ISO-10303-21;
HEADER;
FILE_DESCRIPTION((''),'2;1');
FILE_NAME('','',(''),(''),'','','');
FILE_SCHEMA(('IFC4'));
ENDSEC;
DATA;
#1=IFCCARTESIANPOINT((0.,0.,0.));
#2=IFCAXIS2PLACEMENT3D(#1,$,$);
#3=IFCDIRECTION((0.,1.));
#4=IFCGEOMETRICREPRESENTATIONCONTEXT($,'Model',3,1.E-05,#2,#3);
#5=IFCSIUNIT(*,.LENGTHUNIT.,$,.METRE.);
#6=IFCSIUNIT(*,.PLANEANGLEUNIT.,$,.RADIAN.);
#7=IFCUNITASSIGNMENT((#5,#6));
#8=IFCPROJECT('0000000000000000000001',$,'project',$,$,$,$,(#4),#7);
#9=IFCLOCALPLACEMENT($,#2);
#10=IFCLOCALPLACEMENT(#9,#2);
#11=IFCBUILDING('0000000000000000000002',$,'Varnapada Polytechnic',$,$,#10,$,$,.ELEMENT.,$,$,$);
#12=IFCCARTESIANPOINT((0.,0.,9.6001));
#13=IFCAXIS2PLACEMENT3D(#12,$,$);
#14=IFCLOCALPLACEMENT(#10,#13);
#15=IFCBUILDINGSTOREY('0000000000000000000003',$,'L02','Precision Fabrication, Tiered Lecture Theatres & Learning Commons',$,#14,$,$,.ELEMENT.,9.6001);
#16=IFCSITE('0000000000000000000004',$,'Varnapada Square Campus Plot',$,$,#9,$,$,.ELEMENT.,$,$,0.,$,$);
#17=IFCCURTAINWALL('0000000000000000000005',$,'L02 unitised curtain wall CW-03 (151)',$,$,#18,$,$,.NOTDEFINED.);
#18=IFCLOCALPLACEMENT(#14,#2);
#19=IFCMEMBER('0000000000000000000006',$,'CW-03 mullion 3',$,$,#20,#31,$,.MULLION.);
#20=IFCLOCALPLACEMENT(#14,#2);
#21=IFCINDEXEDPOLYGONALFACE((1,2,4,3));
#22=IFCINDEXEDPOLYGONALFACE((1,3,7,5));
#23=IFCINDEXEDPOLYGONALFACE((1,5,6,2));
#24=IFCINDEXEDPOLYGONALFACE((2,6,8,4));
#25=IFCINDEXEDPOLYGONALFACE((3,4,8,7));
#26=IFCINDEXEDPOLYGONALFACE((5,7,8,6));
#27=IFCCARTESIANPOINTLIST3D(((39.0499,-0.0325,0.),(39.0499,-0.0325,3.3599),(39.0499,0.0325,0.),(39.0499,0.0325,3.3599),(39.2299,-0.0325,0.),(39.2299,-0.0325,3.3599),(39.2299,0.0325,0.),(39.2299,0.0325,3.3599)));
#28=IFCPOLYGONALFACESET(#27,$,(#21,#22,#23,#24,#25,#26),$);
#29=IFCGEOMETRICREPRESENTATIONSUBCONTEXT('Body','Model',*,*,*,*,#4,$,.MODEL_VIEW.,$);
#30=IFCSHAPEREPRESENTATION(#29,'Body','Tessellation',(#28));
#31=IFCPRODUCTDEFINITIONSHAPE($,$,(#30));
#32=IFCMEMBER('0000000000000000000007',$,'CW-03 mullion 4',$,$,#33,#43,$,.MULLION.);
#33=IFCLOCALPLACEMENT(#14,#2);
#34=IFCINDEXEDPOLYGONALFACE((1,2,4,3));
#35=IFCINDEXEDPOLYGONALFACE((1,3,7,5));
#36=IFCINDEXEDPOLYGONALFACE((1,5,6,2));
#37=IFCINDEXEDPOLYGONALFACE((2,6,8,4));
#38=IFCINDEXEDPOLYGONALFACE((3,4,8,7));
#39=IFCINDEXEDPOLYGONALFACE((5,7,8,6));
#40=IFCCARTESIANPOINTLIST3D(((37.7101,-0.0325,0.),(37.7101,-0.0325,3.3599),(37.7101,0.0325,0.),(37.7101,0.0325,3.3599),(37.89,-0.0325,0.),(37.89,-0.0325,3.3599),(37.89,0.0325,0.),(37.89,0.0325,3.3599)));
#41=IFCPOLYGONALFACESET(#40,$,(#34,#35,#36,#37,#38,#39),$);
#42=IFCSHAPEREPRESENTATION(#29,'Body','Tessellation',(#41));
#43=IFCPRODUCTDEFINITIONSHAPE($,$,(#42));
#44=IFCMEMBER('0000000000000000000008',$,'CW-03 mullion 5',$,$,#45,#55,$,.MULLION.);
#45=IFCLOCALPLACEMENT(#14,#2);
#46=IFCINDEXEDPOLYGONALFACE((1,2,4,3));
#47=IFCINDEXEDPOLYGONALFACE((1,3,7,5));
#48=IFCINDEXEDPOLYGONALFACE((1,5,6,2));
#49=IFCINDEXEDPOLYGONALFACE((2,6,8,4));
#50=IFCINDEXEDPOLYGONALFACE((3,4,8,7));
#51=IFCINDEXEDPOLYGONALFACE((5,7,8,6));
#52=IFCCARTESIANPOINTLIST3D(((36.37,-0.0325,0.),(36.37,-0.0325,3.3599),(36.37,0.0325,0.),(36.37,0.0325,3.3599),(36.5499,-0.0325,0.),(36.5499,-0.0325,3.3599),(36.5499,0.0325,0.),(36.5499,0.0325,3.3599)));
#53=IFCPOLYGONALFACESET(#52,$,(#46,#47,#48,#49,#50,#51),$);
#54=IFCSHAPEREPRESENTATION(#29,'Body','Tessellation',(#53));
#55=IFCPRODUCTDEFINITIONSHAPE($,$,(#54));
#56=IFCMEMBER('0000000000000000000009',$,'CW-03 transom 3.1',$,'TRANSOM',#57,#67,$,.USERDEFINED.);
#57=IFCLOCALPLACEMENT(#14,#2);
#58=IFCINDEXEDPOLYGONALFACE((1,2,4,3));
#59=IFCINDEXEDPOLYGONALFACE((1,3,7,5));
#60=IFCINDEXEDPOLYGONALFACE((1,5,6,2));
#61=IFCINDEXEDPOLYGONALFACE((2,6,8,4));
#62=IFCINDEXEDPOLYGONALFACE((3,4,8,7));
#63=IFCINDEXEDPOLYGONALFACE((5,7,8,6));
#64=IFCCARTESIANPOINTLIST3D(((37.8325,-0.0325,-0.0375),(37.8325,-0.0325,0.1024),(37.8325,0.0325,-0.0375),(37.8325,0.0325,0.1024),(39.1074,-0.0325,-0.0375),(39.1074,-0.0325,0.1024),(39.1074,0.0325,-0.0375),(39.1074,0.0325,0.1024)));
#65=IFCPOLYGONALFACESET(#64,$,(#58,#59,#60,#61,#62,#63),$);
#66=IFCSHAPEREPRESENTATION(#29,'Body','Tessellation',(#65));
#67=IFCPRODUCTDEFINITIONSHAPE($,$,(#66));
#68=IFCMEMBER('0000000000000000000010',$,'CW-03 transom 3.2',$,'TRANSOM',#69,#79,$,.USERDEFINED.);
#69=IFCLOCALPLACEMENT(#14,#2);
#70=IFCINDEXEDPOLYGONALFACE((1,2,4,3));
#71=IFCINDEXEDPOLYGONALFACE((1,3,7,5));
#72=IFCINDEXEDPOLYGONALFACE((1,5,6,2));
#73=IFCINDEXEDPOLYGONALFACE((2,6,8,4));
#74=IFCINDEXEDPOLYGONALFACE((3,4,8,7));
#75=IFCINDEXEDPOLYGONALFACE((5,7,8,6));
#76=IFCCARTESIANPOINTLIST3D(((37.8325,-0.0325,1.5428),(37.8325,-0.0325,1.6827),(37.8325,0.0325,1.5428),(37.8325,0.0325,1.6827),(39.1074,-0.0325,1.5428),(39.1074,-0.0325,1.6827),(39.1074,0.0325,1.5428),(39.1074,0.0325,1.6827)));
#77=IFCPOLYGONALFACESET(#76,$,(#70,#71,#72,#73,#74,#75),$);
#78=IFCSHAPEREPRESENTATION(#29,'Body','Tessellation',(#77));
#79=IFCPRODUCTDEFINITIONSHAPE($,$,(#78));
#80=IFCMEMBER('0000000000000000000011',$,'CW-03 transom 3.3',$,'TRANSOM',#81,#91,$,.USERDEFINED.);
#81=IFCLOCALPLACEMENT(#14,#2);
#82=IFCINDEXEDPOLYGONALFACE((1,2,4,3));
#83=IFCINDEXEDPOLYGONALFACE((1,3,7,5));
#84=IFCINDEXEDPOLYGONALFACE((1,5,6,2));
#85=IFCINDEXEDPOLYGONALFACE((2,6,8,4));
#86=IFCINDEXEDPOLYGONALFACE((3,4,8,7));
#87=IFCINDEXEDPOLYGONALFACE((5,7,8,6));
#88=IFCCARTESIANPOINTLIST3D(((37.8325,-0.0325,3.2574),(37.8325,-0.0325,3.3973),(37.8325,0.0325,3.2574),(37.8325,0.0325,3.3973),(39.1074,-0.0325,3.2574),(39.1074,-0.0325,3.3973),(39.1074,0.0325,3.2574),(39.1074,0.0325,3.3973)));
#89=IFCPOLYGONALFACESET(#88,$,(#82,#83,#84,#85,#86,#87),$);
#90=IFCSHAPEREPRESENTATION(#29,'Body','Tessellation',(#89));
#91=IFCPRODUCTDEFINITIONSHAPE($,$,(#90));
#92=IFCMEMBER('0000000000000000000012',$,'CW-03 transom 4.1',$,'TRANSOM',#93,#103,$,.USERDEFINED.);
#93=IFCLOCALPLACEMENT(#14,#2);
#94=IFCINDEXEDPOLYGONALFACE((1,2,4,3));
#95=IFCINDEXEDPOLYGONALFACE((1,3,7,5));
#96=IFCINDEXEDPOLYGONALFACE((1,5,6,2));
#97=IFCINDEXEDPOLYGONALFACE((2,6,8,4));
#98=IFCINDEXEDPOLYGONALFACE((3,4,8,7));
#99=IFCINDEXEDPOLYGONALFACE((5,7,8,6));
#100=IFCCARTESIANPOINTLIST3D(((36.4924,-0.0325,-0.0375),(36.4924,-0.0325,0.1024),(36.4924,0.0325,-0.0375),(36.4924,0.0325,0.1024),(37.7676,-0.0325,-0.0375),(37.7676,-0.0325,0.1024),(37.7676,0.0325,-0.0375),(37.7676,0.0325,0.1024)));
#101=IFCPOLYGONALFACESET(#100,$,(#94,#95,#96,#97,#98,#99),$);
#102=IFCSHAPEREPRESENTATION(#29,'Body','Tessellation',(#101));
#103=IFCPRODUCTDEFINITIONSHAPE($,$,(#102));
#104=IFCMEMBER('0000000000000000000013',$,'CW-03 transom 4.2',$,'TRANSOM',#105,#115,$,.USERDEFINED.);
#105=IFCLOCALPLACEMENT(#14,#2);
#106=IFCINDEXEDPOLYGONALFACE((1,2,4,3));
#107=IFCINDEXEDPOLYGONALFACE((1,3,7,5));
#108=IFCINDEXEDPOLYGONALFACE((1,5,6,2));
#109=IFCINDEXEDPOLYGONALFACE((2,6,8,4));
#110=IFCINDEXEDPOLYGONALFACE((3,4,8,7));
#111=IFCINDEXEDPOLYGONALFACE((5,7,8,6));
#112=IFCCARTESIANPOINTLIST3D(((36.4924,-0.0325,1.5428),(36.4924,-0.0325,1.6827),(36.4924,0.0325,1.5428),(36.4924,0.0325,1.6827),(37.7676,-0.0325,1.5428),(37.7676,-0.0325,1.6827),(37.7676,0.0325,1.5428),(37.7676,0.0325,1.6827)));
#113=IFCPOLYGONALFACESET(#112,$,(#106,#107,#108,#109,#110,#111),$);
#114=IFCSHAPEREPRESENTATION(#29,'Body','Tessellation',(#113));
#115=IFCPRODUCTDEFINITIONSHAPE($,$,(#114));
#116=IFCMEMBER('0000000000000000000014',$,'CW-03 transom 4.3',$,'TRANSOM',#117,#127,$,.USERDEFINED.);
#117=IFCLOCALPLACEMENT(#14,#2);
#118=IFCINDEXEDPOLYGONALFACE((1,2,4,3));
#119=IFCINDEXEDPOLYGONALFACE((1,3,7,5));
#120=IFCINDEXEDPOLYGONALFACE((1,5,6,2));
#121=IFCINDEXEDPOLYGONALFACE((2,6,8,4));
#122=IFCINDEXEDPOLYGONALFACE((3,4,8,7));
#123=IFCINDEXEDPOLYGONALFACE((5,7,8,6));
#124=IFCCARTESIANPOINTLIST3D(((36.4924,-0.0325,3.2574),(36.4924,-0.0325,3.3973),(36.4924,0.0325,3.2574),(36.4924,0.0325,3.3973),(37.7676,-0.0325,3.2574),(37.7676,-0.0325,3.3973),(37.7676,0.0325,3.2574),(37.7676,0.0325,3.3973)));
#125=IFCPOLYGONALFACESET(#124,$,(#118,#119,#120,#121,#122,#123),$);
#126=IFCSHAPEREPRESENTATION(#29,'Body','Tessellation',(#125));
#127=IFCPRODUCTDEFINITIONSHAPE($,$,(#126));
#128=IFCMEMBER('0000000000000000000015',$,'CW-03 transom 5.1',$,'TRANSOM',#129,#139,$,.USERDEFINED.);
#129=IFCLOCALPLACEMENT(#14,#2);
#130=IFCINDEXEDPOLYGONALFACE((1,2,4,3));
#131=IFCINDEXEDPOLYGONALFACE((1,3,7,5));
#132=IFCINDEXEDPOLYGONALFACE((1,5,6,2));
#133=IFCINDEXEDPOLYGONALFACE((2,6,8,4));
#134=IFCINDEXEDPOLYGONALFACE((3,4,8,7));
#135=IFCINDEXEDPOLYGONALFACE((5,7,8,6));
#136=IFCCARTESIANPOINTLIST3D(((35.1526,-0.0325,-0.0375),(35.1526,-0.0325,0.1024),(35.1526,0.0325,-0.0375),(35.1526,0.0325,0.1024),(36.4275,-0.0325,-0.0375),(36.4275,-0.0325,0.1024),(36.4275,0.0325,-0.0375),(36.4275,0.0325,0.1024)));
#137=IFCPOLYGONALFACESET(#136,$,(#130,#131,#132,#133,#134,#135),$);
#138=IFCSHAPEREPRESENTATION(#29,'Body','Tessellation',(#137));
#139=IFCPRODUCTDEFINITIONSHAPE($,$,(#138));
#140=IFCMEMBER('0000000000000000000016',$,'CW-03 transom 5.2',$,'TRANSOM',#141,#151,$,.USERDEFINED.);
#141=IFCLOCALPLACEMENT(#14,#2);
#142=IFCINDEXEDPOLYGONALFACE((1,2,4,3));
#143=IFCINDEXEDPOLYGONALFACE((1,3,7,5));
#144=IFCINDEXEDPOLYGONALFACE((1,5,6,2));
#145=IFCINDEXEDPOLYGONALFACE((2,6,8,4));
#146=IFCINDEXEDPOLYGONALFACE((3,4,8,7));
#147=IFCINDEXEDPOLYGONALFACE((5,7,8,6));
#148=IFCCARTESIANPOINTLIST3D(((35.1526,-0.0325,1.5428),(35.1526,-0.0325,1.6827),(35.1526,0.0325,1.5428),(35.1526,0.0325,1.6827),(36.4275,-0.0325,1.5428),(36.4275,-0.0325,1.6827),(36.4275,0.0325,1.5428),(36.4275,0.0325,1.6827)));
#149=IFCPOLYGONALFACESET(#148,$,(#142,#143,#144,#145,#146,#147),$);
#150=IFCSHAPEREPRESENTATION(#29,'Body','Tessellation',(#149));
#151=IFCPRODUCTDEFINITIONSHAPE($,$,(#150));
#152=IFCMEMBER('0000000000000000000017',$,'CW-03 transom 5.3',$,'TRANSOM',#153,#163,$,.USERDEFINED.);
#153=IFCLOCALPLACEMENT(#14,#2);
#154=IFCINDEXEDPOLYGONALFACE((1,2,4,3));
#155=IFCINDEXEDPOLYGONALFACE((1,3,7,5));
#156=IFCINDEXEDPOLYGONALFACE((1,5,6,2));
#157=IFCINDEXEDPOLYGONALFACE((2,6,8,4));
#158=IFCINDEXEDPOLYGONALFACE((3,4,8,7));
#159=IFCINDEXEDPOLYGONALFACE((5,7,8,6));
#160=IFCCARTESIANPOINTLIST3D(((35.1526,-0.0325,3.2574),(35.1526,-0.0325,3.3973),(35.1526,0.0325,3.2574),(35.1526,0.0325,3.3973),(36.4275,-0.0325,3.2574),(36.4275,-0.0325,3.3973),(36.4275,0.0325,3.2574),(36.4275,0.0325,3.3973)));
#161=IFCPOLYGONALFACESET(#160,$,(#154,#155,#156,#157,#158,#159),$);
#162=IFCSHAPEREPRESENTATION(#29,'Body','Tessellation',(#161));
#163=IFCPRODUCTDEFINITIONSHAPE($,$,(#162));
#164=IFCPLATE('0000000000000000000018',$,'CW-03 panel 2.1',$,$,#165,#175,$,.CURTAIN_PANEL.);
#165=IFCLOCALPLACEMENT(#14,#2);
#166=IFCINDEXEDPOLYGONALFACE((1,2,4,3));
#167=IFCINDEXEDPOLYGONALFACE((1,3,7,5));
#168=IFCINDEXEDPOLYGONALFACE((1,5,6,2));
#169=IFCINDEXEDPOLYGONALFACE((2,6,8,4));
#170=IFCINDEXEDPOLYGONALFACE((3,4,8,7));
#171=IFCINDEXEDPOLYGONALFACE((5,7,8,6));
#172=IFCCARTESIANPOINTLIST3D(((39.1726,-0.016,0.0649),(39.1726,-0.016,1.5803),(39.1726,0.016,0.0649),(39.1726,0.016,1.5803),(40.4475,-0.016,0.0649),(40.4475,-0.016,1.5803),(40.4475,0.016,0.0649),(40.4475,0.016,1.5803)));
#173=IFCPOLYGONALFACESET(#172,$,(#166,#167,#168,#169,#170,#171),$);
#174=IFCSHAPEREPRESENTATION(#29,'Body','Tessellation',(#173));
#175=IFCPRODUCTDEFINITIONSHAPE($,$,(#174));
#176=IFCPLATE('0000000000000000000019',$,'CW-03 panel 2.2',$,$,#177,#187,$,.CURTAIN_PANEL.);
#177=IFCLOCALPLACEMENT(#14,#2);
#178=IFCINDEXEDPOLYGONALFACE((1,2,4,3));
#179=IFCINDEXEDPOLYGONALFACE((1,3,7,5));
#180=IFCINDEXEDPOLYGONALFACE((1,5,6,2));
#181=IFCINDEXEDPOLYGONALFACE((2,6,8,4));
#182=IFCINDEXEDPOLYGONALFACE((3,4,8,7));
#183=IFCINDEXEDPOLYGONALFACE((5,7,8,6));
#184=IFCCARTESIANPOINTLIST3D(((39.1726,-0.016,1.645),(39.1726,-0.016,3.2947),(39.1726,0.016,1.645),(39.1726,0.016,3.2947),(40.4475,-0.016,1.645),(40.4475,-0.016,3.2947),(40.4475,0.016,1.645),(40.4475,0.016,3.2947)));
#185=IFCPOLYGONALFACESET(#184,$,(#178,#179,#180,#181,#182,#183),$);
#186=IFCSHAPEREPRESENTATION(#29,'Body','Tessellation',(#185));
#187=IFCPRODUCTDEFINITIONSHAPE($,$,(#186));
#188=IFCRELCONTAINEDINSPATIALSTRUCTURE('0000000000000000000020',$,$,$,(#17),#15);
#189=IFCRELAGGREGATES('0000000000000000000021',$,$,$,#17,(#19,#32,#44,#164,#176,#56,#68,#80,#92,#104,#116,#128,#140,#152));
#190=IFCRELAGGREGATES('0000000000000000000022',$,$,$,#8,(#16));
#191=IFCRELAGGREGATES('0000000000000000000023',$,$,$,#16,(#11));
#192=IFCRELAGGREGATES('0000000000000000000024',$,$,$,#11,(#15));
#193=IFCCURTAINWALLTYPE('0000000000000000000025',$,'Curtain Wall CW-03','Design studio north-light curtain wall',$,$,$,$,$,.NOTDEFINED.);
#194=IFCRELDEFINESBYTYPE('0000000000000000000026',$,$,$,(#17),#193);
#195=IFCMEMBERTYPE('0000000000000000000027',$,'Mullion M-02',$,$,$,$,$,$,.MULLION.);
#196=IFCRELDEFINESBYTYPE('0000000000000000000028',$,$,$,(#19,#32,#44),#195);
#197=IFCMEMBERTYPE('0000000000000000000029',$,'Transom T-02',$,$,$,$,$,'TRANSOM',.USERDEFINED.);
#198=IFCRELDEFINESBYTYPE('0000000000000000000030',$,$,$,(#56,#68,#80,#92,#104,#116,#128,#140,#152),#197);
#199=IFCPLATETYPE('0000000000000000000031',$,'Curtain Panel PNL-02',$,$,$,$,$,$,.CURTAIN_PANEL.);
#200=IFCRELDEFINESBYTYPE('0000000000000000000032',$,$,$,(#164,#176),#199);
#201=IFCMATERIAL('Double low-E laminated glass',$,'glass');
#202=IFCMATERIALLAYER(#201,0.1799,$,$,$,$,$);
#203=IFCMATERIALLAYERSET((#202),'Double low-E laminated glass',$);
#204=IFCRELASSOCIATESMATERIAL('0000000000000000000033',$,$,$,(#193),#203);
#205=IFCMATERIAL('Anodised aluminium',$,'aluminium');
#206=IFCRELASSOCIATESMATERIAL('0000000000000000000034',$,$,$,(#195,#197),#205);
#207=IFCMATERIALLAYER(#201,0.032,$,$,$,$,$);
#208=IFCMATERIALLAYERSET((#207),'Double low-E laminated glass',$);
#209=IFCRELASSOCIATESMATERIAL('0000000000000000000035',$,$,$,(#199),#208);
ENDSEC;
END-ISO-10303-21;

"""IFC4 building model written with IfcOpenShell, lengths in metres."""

from ifc_helpers import new_model, si_unit, direction, frame, origin, origin_2d, place, context, subcontext, project, spatial, rectangle, extrude, material, layer, layer_set, material_profile, profile_set, type_object, element, aggregate, save


model = new_model("IFC4")

# Units and contexts
model_context = context("Model", 3, precision=1e-05, world=origin(), true_north=direction((0.0, 1.0)))
body_context = subcontext(model_context, "Body", "Model", "MODEL_VIEW")
ifc_project = project(units=[si_unit("LENGTHUNIT", "METRE"), si_unit("PLANEANGLEUNIT", "RADIAN")], contexts=[model_context])

# Site, building, storey
site_placement = place(None, origin())
site = spatial("IfcSite", under=ifc_project, at=site_placement, Name="Varnapada Square Campus Plot", CompositionType="ELEMENT", RefElevation=0.0)
building_placement = place(site_placement, origin())
building = spatial("IfcBuilding", under=site, at=building_placement, Name="Varnapada Polytechnic", CompositionType="ELEMENT")
storey_placement = place(building_placement, frame((0.0, 0.0, 9.6001)))
storey = spatial("IfcBuildingStorey", under=building, at=storey_placement, Name="L02", Description="Precision Fabrication, Tiered Lecture Theatres & Learning Commons", CompositionType="ELEMENT", Elevation=9.6001)

# Curtain wall, members, plates
ifc_material_1 = material(Name="Double low-E laminated glass", Category="glass")
ifc_layer_1 = layer(ifc_material_1, 0.1799)
ifc_layer_set_1 = layer_set([ifc_layer_1], Name="Double low-E laminated glass")
curtain_wall_type = type_object("IfcCurtainWallType", Name="Curtain Wall CW-03", Description="Design studio north-light curtain wall", PredefinedType="NOTDEFINED", material=ifc_layer_set_1)
curtain_wall_placement = place(storey_placement, origin())
curtain_wall = element("IfcCurtainWall", 1, at=curtain_wall_placement, inside=storey, type_object=curtain_wall_type, Name="L02 unitised curtain wall CW-03 (151)", PredefinedType="NOTDEFINED")
ifc_material_2 = material(Name="Anodised aluminium", Category="aluminium")
ifc_material_profile_1 = material_profile(ifc_material_2, rectangle(XDim=0.0649, YDim=0.1799, at=origin_2d()), Name="ALU M65x180")
ifc_profile_set_1 = profile_set([ifc_material_profile_1], Name="Anodised aluminium")
member_type_1 = type_object("IfcMemberType", Name="Mullion M-02", PredefinedType="MULLION", material=ifc_profile_set_1)
member_1_placement = place(storey_placement, frame((39.1399, 0.0, 0.0), z_axis=(0.0, 0.0, 1.0), x_axis=(0.0, -1.0, 0.0)))
member_1 = element("IfcMember", 2, at=member_1_placement, type_object=member_type_1, Name="CW-03 mullion 3", PredefinedType="MULLION", context=body_context, shape_type="SweptSolid", body=[
    extrude(rectangle(XDim=0.0649, YDim=0.1799, at=origin_2d()), origin(), (0.0, 0.0, 1.0), 3.3599),
])
member_2_placement = place(storey_placement, frame((37.8, 0.0, 0.0), z_axis=(0.0, 0.0, 1.0), x_axis=(0.0, -1.0, 0.0)))
member_2 = element("IfcMember", 3, at=member_2_placement, type_object=member_type_1, Name="CW-03 mullion 4", PredefinedType="MULLION", context=body_context, shape_type="SweptSolid", body=[
    extrude(rectangle(XDim=0.0649, YDim=0.1799, at=origin_2d()), origin(), (0.0, 0.0, 1.0), 3.3599),
])
member_3_placement = place(storey_placement, frame((36.46, 0.0, 0.0), z_axis=(0.0, 0.0, 1.0), x_axis=(0.0, -1.0, 0.0)))
member_3 = element("IfcMember", 4, at=member_3_placement, type_object=member_type_1, Name="CW-03 mullion 5", PredefinedType="MULLION", context=body_context, shape_type="SweptSolid", body=[
    extrude(rectangle(XDim=0.0649, YDim=0.1799, at=origin_2d()), origin(), (0.0, 0.0, 1.0), 3.3599),
])
ifc_material_profile_2 = material_profile(ifc_material_2, rectangle(XDim=0.0649, YDim=0.1399, at=origin_2d()), Name="ALU T65x140")
ifc_profile_set_2 = profile_set([ifc_material_profile_2], Name="Anodised aluminium")
member_type_2 = type_object("IfcMemberType", Name="Transom T-02", ElementType="TRANSOM", PredefinedType="USERDEFINED", material=ifc_profile_set_2)
member_4_placement = place(storey_placement, frame((39.1074, 0.0, 0.0325), z_axis=(-1.0, 0.0, 0.0), x_axis=(0.0, -1.0, 0.0)))
member_4 = element("IfcMember", 5, at=member_4_placement, type_object=member_type_2, Name="CW-03 transom 3.1", ObjectType="TRANSOM", PredefinedType="USERDEFINED", context=body_context, shape_type="SweptSolid", body=[
    extrude(rectangle(XDim=0.0649, YDim=0.1399, at=origin_2d()), origin(), (0.0, 0.0, 1.0), 1.2749),
])
member_5_placement = place(storey_placement, frame((39.1074, 0.0, 1.6128), z_axis=(-1.0, 0.0, 0.0), x_axis=(0.0, -1.0, 0.0)))
member_5 = element("IfcMember", 6, at=member_5_placement, type_object=member_type_2, Name="CW-03 transom 3.2", ObjectType="TRANSOM", PredefinedType="USERDEFINED", context=body_context, shape_type="SweptSolid", body=[
    extrude(rectangle(XDim=0.0649, YDim=0.1399, at=origin_2d()), origin(), (0.0, 0.0, 1.0), 1.2749),
])
member_6_placement = place(storey_placement, frame((39.1074, 0.0, 3.3274), z_axis=(-1.0, 0.0, 0.0), x_axis=(0.0, -1.0, 0.0)))
member_6 = element("IfcMember", 7, at=member_6_placement, type_object=member_type_2, Name="CW-03 transom 3.3", ObjectType="TRANSOM", PredefinedType="USERDEFINED", context=body_context, shape_type="SweptSolid", body=[
    extrude(rectangle(XDim=0.0649, YDim=0.1399, at=origin_2d()), origin(), (0.0, 0.0, 1.0), 1.2749),
])
member_7_placement = place(storey_placement, frame((37.7676, 0.0, 0.0325), z_axis=(-1.0, 0.0, 0.0), x_axis=(0.0, -1.0, 0.0)))
member_7 = element("IfcMember", 8, at=member_7_placement, type_object=member_type_2, Name="CW-03 transom 4.1", ObjectType="TRANSOM", PredefinedType="USERDEFINED", context=body_context, shape_type="SweptSolid", body=[
    extrude(rectangle(XDim=0.0649, YDim=0.1399, at=origin_2d()), origin(), (0.0, 0.0, 1.0), 1.2751),
])
member_8_placement = place(storey_placement, frame((37.7676, 0.0, 1.6128), z_axis=(-1.0, 0.0, 0.0), x_axis=(0.0, -1.0, 0.0)))
member_8 = element("IfcMember", 9, at=member_8_placement, type_object=member_type_2, Name="CW-03 transom 4.2", ObjectType="TRANSOM", PredefinedType="USERDEFINED", context=body_context, shape_type="SweptSolid", body=[
    extrude(rectangle(XDim=0.0649, YDim=0.1399, at=origin_2d()), origin(), (0.0, 0.0, 1.0), 1.2751),
])
member_9_placement = place(storey_placement, frame((37.7676, 0.0, 3.3274), z_axis=(-1.0, 0.0, 0.0), x_axis=(0.0, -1.0, 0.0)))
member_9 = element("IfcMember", 10, at=member_9_placement, type_object=member_type_2, Name="CW-03 transom 4.3", ObjectType="TRANSOM", PredefinedType="USERDEFINED", context=body_context, shape_type="SweptSolid", body=[
    extrude(rectangle(XDim=0.0649, YDim=0.1399, at=origin_2d()), origin(), (0.0, 0.0, 1.0), 1.2751),
])
member_10_placement = place(storey_placement, frame((36.4275, 0.0, 0.0325), z_axis=(-1.0, 0.0, 0.0), x_axis=(0.0, -1.0, 0.0)))
member_10 = element("IfcMember", 11, at=member_10_placement, type_object=member_type_2, Name="CW-03 transom 5.1", ObjectType="TRANSOM", PredefinedType="USERDEFINED", context=body_context, shape_type="SweptSolid", body=[
    extrude(rectangle(XDim=0.0649, YDim=0.1399, at=origin_2d()), origin(), (0.0, 0.0, 1.0), 1.2749),
])
member_11_placement = place(storey_placement, frame((36.4275, 0.0, 1.6128), z_axis=(-1.0, 0.0, 0.0), x_axis=(0.0, -1.0, 0.0)))
member_11 = element("IfcMember", 12, at=member_11_placement, type_object=member_type_2, Name="CW-03 transom 5.2", ObjectType="TRANSOM", PredefinedType="USERDEFINED", context=body_context, shape_type="SweptSolid", body=[
    extrude(rectangle(XDim=0.0649, YDim=0.1399, at=origin_2d()), origin(), (0.0, 0.0, 1.0), 1.2749),
])
member_12_placement = place(storey_placement, frame((36.4275, 0.0, 3.3274), z_axis=(-1.0, 0.0, 0.0), x_axis=(0.0, -1.0, 0.0)))
member_12 = element("IfcMember", 13, at=member_12_placement, type_object=member_type_2, Name="CW-03 transom 5.3", ObjectType="TRANSOM", PredefinedType="USERDEFINED", context=body_context, shape_type="SweptSolid", body=[
    extrude(rectangle(XDim=0.0649, YDim=0.1399, at=origin_2d()), origin(), (0.0, 0.0, 1.0), 1.2749),
])
ifc_layer_2 = layer(ifc_material_1, 0.032)
ifc_layer_set_2 = layer_set([ifc_layer_2], Name="Double low-E laminated glass")
plate_type = type_object("IfcPlateType", Name="Curtain Panel PNL-02", PredefinedType="CURTAIN_PANEL", material=ifc_layer_set_2)
plate_1_placement = place(storey_placement, frame((39.8101, 0.0, 0.0649), z_axis=(0.0, 0.0, 1.0), x_axis=(-1.0, 0.0, 0.0)))
plate_1 = element("IfcPlate", 14, at=plate_1_placement, type_object=plate_type, Name="CW-03 panel 2.1", PredefinedType="CURTAIN_PANEL", context=body_context, shape_type="SweptSolid", body=[
    extrude(rectangle(XDim=1.2749, YDim=0.032, at=origin_2d()), origin(), (0.0, 0.0, 1.0), 1.5154),
])
plate_2_placement = place(storey_placement, frame((39.8101, 0.0, 1.645), z_axis=(0.0, 0.0, 1.0), x_axis=(-1.0, 0.0, 0.0)))
plate_2 = element("IfcPlate", 15, at=plate_2_placement, type_object=plate_type, Name="CW-03 panel 2.2", PredefinedType="CURTAIN_PANEL", context=body_context, shape_type="SweptSolid", body=[
    extrude(rectangle(XDim=1.2749, YDim=0.032, at=origin_2d()), origin(), (0.0, 0.0, 1.0), 1.6497),
])
aggregate(curtain_wall, [member_1, member_2, member_3, plate_1, plate_2, member_4, member_5, member_6, member_7, member_8, member_9, member_10, member_11, member_12])

save(model, "model.ifc")
